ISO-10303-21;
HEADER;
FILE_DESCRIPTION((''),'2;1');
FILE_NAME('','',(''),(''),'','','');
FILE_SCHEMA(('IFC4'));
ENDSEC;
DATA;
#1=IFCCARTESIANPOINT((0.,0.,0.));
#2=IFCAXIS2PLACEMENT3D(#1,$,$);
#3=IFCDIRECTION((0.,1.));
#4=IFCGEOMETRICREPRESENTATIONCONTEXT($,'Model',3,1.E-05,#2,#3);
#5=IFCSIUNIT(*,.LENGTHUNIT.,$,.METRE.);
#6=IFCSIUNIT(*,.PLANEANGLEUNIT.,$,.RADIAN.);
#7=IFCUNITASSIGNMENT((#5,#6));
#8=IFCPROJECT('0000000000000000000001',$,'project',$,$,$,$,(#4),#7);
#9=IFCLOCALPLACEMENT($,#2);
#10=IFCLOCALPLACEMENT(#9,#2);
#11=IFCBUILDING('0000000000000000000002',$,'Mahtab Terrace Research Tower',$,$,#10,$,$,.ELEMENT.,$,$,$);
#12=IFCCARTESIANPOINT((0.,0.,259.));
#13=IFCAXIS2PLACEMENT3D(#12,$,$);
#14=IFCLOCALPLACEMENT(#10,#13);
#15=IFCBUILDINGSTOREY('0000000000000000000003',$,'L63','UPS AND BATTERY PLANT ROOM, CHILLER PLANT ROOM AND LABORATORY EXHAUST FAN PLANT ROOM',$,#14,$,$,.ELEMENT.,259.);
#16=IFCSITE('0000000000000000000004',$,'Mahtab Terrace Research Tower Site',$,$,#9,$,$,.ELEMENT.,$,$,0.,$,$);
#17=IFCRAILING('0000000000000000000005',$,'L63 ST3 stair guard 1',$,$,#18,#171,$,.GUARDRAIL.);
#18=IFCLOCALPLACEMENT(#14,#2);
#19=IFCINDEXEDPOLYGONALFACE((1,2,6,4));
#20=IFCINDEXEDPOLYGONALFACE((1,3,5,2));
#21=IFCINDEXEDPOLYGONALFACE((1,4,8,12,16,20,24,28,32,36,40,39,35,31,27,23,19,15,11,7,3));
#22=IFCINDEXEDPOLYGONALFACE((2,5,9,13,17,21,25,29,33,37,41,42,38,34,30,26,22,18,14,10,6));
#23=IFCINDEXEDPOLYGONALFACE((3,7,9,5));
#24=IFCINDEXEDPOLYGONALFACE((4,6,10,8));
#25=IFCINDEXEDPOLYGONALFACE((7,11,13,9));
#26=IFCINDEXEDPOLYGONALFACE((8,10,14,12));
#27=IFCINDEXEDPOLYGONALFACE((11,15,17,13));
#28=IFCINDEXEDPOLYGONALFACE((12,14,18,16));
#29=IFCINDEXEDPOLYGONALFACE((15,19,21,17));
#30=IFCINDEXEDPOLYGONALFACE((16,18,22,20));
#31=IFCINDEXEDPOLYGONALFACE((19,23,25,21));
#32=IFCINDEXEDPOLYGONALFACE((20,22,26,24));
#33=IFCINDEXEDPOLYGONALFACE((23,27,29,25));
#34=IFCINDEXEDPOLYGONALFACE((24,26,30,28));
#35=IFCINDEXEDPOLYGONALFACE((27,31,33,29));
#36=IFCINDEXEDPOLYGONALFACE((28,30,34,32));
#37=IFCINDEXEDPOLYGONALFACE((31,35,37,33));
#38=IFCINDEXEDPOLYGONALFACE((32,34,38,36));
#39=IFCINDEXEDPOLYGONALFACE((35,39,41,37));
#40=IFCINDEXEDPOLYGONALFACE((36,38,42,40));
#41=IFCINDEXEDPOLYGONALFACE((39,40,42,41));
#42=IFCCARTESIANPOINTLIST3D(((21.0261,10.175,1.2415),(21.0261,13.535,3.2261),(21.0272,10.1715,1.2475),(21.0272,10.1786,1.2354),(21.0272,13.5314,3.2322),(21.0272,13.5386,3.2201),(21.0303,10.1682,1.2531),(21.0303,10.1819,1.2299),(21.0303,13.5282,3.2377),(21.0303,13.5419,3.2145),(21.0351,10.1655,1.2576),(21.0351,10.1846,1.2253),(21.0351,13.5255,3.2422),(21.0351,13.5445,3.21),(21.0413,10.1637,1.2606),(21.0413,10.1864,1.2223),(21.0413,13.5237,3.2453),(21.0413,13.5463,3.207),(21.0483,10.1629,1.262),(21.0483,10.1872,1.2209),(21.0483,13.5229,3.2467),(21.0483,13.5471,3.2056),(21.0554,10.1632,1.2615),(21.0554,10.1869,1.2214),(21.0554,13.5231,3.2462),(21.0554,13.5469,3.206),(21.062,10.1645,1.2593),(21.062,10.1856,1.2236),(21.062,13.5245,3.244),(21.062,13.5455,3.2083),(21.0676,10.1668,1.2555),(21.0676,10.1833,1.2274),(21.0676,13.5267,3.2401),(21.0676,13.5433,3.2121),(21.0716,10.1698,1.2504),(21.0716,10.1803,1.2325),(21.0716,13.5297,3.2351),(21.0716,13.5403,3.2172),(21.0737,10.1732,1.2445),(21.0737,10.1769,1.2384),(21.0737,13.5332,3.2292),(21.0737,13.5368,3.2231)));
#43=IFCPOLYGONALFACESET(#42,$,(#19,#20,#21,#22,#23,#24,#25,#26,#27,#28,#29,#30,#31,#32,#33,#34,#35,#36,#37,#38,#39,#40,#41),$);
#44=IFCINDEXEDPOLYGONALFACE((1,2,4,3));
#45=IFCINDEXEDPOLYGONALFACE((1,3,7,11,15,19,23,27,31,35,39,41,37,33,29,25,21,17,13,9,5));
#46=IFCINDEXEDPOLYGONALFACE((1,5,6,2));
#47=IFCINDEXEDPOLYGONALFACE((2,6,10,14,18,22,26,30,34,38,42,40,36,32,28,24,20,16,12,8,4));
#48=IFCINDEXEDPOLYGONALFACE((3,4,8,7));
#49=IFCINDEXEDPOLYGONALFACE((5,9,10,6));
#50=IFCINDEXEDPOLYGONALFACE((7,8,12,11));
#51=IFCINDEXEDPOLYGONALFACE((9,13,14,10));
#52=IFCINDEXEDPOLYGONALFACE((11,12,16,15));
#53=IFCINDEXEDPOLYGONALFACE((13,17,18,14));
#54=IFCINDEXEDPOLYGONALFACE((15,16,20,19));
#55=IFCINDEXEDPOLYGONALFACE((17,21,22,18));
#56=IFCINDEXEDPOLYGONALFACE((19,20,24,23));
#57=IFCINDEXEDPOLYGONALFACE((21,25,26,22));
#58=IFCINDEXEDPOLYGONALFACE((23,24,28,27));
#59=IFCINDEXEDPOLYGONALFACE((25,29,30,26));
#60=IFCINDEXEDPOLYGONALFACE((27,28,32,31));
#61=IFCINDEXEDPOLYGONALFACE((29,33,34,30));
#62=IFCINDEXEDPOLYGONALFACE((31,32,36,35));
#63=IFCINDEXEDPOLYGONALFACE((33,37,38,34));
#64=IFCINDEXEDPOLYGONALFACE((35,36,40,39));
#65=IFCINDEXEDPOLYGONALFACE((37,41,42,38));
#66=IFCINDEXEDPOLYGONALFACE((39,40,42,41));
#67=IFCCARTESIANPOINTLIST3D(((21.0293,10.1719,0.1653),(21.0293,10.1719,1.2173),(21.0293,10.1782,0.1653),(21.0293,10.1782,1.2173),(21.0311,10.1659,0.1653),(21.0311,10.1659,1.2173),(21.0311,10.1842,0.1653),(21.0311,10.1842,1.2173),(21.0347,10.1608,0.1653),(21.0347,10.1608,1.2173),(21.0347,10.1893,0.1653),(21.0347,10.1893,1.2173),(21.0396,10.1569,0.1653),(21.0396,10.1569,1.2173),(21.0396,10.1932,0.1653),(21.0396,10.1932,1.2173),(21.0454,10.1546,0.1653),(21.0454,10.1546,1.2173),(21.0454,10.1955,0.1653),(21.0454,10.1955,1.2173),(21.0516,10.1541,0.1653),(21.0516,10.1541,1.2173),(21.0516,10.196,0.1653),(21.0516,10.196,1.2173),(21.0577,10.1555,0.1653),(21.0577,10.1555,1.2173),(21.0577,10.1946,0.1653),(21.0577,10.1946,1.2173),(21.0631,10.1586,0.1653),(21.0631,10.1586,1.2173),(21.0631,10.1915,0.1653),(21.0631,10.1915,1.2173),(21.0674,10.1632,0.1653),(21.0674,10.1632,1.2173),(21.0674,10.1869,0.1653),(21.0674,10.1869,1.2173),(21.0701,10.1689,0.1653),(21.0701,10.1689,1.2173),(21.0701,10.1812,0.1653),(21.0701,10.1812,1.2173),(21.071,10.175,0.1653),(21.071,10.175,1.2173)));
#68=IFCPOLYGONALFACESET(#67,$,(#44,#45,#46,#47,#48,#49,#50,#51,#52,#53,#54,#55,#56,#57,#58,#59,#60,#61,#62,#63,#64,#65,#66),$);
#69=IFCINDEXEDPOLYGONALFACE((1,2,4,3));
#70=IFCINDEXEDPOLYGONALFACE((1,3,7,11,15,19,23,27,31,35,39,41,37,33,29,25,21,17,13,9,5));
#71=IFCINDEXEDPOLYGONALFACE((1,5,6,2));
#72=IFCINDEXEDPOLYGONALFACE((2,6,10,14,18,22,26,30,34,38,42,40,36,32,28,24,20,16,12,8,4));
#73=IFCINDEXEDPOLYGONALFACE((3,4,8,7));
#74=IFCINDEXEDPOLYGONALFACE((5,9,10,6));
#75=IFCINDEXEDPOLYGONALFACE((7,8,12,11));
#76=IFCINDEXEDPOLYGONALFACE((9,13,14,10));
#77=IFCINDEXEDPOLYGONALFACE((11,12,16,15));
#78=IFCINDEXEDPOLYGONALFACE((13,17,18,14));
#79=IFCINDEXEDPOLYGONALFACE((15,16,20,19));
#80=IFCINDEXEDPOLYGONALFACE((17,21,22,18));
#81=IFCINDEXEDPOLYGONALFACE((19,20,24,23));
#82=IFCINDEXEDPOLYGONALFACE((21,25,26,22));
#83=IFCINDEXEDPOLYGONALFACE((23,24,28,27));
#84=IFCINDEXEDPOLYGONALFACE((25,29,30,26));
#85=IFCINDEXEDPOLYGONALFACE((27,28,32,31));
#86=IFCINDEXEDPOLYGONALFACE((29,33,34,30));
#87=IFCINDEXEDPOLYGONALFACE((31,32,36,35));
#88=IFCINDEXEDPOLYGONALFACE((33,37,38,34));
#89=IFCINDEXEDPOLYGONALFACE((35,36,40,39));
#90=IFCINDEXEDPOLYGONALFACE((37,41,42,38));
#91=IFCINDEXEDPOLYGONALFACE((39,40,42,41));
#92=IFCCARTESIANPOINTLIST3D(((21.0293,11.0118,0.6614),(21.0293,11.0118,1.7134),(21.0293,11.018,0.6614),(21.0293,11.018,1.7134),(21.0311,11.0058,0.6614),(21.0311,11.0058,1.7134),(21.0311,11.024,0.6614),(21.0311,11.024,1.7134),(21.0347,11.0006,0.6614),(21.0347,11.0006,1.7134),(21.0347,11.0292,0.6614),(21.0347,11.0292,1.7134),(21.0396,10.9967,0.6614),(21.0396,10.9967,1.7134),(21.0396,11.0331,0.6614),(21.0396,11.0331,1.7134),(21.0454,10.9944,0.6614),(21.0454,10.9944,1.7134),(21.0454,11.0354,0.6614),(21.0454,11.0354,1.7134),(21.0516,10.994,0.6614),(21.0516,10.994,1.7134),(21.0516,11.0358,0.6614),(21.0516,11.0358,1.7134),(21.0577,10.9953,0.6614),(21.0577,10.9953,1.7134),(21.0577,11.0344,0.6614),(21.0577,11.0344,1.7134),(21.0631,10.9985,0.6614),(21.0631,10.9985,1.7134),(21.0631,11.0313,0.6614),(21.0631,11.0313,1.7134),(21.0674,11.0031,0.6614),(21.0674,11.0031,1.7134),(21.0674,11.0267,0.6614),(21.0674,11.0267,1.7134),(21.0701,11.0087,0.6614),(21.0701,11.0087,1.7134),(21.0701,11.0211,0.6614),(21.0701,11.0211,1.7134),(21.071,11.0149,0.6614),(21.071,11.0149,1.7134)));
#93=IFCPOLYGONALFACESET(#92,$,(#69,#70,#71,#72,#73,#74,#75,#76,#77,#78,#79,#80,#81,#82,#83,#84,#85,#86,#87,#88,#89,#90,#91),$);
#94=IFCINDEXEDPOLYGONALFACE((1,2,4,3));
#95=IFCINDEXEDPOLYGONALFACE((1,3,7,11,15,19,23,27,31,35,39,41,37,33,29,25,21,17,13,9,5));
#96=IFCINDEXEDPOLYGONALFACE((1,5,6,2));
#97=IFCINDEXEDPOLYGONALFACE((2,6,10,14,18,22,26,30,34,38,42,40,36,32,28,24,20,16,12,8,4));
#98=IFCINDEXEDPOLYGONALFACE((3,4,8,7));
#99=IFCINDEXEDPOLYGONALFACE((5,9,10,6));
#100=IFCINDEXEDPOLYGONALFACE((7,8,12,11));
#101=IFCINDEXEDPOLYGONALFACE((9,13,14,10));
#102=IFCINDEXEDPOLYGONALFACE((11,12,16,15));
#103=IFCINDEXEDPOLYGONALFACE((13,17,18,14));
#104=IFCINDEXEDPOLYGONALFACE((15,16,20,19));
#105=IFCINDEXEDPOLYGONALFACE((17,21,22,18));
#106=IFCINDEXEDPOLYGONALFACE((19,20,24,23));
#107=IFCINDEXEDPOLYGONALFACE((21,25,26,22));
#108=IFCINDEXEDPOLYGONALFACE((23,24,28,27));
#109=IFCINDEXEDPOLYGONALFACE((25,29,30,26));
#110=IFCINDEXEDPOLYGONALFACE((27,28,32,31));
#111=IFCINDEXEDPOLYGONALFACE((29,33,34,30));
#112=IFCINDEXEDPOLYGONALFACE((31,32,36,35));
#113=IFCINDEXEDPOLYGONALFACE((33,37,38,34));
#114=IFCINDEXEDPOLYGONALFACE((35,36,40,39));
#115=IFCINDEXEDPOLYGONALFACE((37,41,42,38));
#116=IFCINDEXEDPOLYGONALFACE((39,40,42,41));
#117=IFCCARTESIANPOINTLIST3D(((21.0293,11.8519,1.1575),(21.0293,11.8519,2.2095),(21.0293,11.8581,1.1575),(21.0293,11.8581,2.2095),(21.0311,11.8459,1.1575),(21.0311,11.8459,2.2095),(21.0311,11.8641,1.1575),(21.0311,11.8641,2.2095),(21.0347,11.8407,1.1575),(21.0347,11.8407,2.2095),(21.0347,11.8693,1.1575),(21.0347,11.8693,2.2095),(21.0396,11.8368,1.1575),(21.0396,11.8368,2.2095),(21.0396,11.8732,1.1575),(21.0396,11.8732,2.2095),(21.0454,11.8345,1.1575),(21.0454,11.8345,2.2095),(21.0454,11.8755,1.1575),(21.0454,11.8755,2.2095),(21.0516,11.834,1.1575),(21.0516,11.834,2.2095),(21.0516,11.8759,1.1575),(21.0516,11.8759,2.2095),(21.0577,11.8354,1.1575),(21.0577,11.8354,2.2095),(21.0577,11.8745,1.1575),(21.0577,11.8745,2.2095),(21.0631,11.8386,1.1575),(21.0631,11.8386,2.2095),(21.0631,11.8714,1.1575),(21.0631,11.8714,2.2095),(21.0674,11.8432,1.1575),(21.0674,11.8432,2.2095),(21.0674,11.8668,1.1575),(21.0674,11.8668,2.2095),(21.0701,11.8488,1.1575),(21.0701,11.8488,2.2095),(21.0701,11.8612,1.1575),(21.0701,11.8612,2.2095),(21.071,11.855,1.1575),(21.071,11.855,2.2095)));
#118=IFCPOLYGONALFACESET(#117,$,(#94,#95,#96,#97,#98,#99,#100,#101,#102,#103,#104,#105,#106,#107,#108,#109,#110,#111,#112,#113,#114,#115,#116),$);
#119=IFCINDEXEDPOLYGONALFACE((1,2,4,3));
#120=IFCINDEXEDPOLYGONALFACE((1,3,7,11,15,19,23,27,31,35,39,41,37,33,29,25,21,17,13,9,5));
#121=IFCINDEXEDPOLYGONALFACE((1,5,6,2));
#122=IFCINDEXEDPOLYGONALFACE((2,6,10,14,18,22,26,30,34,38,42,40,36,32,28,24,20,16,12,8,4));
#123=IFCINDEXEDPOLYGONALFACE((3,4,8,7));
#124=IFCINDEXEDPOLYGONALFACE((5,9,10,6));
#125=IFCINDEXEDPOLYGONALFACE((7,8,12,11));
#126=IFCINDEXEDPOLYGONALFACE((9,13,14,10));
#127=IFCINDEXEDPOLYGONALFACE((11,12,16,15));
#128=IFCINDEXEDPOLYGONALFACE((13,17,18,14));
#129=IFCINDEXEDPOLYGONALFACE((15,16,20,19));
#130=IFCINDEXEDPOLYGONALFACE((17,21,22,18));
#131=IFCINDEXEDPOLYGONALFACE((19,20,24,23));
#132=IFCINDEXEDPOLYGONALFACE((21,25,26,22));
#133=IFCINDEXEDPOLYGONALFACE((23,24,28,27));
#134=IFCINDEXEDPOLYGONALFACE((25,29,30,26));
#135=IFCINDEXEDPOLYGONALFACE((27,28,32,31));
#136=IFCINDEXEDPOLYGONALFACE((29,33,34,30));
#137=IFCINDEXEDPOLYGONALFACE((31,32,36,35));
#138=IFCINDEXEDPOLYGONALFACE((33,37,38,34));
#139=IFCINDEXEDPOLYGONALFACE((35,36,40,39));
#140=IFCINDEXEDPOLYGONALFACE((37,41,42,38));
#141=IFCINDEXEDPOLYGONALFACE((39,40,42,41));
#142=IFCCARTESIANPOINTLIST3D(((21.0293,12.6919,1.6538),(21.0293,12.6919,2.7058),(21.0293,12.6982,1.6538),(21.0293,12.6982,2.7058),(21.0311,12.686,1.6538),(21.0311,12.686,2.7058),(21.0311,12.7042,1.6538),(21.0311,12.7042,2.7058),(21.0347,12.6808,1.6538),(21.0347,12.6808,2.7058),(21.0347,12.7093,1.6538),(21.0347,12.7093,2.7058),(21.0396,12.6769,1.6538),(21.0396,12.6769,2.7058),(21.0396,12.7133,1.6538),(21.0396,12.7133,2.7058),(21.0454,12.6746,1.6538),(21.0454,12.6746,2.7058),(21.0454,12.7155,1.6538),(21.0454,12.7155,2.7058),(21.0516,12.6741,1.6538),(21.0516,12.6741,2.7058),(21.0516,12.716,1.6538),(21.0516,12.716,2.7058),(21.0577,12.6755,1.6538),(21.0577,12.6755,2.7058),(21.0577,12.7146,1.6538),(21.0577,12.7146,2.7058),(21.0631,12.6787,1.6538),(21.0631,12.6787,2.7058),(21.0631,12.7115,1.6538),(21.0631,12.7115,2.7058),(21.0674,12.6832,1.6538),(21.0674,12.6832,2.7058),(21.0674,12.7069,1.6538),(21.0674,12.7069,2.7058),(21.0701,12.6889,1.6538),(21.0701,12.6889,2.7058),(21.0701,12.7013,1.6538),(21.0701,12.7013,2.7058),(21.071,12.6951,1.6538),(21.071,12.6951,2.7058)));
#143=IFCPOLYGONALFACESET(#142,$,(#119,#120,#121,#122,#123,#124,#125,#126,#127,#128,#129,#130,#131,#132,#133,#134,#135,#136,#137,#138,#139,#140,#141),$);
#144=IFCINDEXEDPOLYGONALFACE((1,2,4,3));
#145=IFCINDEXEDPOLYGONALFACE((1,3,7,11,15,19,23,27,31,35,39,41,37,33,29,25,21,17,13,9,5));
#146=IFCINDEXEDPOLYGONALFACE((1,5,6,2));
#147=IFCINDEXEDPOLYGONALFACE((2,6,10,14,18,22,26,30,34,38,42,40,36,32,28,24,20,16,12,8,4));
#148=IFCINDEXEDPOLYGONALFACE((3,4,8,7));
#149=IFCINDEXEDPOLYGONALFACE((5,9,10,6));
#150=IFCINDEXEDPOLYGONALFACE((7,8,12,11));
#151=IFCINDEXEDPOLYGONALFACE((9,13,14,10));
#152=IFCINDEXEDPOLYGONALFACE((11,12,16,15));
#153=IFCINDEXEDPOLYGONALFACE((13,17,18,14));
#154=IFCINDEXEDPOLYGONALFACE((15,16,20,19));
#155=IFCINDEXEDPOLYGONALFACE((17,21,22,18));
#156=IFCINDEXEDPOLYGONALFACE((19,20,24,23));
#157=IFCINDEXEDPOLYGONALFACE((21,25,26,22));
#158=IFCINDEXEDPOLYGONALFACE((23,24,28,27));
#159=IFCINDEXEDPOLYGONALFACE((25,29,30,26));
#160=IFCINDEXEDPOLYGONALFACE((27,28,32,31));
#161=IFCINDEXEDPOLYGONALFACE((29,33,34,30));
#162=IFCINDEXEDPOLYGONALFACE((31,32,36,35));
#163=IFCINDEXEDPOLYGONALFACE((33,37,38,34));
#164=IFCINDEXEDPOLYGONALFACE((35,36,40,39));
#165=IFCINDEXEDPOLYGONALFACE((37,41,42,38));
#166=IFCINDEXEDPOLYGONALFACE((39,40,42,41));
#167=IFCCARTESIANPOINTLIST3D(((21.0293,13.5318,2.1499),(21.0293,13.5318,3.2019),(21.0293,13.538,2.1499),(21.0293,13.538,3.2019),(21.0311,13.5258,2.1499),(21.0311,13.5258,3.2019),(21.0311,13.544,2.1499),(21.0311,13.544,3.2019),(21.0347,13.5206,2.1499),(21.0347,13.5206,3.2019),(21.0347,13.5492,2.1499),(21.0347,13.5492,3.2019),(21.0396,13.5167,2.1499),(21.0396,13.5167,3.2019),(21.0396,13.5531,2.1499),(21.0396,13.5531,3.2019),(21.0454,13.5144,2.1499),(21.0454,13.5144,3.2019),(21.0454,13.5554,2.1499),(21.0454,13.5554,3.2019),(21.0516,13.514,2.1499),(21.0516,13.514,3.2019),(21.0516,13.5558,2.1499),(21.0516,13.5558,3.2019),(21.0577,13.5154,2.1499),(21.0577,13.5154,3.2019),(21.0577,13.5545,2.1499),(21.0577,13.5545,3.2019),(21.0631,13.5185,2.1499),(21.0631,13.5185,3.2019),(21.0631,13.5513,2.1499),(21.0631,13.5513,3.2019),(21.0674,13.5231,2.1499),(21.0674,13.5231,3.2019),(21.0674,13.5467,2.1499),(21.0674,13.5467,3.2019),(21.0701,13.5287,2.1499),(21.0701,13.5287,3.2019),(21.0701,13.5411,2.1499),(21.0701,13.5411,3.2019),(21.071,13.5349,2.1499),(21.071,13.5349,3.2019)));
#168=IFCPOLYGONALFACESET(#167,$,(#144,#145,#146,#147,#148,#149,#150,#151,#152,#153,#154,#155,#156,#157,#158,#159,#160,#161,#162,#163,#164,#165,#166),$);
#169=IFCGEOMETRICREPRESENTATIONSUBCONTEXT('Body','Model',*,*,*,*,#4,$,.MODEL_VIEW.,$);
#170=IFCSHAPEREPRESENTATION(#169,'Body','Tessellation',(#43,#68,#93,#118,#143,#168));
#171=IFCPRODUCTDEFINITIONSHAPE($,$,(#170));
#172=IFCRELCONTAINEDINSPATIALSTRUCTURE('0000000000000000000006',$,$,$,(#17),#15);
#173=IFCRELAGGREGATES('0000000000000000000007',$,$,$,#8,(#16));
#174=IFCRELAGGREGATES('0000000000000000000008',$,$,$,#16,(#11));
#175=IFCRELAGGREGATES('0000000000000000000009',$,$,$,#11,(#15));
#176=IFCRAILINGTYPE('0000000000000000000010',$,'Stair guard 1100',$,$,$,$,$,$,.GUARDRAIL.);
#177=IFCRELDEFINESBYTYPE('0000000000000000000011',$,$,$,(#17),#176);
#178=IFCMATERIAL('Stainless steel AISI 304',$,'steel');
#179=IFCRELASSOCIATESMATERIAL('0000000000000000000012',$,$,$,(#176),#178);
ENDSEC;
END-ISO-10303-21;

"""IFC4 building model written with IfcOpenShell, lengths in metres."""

from ifc_helpers import new_model, si_unit, direction, frame, origin, origin_2d, place, context, subcontext, project, spatial, circle, extrude, material, type_object, element, save


model = new_model("IFC4")

# Units and contexts
model_context = context("Model", 3, precision=1e-05, world=origin(), true_north=direction((0.0, 1.0)))
body_context = subcontext(model_context, "Body", "Model", "MODEL_VIEW")
ifc_project = project(units=[si_unit("LENGTHUNIT", "METRE"), si_unit("PLANEANGLEUNIT", "RADIAN")], contexts=[model_context])

# Site, building, storey
site_placement = place(None, origin())
site = spatial("IfcSite", under=ifc_project, at=site_placement, Name="Mahtab Terrace Research Tower Site", CompositionType="ELEMENT", RefElevation=0.0)
building_placement = place(site_placement, origin())
building = spatial("IfcBuilding", under=site, at=building_placement, Name="Mahtab Terrace Research Tower", CompositionType="ELEMENT")
storey_placement = place(building_placement, frame((0.0, 0.0, 259.0)))
storey = spatial("IfcBuildingStorey", under=building, at=storey_placement, Name="L63", Description="UPS AND BATTERY PLANT ROOM, CHILLER PLANT ROOM AND LABORATORY EXHAUST FAN PLANT ROOM", CompositionType="ELEMENT", Elevation=259.0)

# Railing
ifc_material_1 = material(Name="Stainless steel AISI 304", Category="steel")
railing_type_1 = type_object("IfcRailingType", Name="Stair guard 1100", PredefinedType="GUARDRAIL", material=ifc_material_1)
railing_1_placement = place(storey_placement, frame((21.05, 10.175, 0.1653)))
element("IfcRailing", 1, at=railing_1_placement, inside=storey, type_object=railing_type_1, Name="L63 ST3 stair guard 1", PredefinedType="GUARDRAIL", context=body_context, shape_type="SweptSolid", body=[
    extrude(circle(Radius=0.0239, at=origin_2d()), frame((0.0, 0.0, 1.0762), z_axis=(0.0, 0.861011, 0.508586), x_axis=(-1.0, 0.0, 0.0)), (0.0, 0.0, 1.0), 3.9023),
    extrude(circle(Radius=0.021, at=origin_2d()), origin(), (0.0, 0.0, 1.0), 1.052),
    extrude(circle(Radius=0.021, at=origin_2d()), frame((0.0, 0.8398, 0.4961)), (0.0, 0.0, 1.0), 1.052),
    extrude(circle(Radius=0.021, at=origin_2d()), frame((0.0, 1.6799, 0.9922)), (0.0, 0.0, 1.0), 1.052),
    extrude(circle(Radius=0.021, at=origin_2d()), frame((0.0, 2.52, 1.4885)), (0.0, 0.0, 1.0), 1.052),
    extrude(circle(Radius=0.021, at=origin_2d()), frame((0.0, 3.3599, 1.9846)), (0.0, 0.0, 1.0), 1.052),
])

save(model, "model.ifc")
